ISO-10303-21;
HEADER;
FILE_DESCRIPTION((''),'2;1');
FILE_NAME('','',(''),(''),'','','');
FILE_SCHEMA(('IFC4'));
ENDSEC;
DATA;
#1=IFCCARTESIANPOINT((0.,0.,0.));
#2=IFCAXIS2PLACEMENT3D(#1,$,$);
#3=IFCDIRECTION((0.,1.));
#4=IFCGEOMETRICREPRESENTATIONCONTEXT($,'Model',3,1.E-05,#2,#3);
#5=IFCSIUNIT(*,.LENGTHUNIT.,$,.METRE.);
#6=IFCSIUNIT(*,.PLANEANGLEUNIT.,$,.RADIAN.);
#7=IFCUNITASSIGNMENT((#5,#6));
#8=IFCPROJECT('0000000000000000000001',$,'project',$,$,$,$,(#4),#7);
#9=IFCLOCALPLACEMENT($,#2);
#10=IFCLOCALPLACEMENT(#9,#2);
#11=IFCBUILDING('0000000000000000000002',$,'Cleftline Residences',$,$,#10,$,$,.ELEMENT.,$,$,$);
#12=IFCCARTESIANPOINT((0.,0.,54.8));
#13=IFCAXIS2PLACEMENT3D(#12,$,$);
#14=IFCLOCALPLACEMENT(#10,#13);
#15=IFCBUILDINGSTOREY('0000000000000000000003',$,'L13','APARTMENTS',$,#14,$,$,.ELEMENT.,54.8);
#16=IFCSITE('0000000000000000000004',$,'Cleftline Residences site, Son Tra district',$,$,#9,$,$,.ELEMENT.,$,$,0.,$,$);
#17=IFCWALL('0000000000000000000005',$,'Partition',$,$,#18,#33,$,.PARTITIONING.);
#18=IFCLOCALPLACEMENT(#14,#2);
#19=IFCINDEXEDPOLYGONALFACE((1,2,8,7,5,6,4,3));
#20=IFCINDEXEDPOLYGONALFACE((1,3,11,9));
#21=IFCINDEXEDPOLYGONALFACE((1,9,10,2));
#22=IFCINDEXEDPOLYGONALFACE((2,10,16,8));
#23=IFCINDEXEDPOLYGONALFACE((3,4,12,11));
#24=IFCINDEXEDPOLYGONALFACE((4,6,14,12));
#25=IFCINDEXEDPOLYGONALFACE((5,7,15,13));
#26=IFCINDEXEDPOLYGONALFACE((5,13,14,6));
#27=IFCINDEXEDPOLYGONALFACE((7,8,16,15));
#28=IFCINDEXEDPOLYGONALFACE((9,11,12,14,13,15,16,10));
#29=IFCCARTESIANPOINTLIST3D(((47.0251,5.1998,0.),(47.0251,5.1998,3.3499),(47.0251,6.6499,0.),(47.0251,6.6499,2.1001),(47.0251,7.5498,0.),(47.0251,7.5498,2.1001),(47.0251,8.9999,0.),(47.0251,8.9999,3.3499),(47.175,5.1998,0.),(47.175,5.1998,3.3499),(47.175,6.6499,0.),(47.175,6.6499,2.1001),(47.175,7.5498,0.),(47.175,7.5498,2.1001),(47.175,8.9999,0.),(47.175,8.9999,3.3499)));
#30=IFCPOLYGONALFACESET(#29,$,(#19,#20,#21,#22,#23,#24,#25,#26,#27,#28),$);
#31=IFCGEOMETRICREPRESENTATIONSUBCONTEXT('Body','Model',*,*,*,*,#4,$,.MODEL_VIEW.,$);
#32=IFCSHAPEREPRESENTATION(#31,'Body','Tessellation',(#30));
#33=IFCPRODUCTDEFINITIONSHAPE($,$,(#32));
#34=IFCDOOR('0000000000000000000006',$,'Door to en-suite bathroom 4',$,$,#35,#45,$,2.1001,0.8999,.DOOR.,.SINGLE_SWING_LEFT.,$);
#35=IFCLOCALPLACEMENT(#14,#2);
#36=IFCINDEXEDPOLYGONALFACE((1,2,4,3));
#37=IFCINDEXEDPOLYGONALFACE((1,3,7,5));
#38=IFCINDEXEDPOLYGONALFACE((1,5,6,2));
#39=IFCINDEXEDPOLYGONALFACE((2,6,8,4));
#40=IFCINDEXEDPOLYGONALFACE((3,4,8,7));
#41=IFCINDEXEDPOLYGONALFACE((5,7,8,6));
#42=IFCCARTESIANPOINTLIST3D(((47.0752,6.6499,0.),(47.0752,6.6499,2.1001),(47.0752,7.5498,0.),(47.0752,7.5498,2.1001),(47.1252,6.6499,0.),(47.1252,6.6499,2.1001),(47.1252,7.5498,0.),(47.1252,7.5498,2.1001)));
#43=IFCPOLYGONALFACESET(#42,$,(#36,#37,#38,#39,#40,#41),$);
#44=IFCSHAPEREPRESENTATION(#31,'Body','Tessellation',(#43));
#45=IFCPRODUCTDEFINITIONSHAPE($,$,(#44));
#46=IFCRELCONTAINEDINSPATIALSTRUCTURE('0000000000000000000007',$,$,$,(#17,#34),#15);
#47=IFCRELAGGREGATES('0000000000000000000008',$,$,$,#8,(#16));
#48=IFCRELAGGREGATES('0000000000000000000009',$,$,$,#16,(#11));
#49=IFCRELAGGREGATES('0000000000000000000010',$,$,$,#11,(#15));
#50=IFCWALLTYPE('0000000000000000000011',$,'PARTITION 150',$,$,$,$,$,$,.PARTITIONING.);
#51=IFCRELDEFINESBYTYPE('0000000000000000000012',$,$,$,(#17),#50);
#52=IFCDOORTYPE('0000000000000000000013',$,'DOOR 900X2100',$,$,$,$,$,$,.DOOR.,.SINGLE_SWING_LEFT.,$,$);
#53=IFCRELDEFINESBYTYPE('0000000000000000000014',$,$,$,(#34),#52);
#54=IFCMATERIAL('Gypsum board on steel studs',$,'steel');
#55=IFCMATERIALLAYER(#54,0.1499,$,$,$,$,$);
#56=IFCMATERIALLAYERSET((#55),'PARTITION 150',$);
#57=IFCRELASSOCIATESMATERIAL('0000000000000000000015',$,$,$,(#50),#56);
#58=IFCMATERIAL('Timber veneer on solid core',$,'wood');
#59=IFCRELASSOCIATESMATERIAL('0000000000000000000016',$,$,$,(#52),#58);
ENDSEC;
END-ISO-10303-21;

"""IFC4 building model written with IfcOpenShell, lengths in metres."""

from ifc_helpers import new_model, si_unit, direction, frame, frame_2d, origin, place, context, subcontext, project, spatial, rectangle, extrude, material, layer, layer_set, type_object, element, fill, save


model = new_model("IFC4")

# Units and contexts
model_context = context("Model", 3, precision=1e-05, world=origin(), true_north=direction((0.0, 1.0)))
body_context = subcontext(model_context, "Body", "Model", "MODEL_VIEW")
ifc_project = project(units=[si_unit("LENGTHUNIT", "METRE"), si_unit("PLANEANGLEUNIT", "RADIAN")], contexts=[model_context])

# Site, building, storey
site_placement = place(None, origin())
site = spatial("IfcSite", under=ifc_project, at=site_placement, Name="Cleftline Residences site, Son Tra district", CompositionType="ELEMENT", RefElevation=0.0)
building_placement = place(site_placement, origin())
building = spatial("IfcBuilding", under=site, at=building_placement, Name="Cleftline Residences", CompositionType="ELEMENT")
storey_placement = place(building_placement, frame((0.0, 0.0, 54.8)))
storey = spatial("IfcBuildingStorey", under=building, at=storey_placement, Name="L13", Description="APARTMENTS", CompositionType="ELEMENT", Elevation=54.8)

# Shared definitions
ifc_material_1 = material(Name="Gypsum board on steel studs", Category="steel")
ifc_layer_1 = layer(ifc_material_1, 0.1499)
ifc_layer_set_1 = layer_set([ifc_layer_1], Name="PARTITION 150")
wall_type = type_object("IfcWallType", Name="PARTITION 150", PredefinedType="PARTITIONING", material=ifc_layer_set_1)

# Shared definitions
ifc_material_2 = material(Name="Timber veneer on solid core", Category="wood")
door_type_1 = type_object("IfcDoorType", Name="DOOR 900X2100", OperationType="SINGLE_SWING_LEFT", PredefinedType="DOOR", material=ifc_material_2)

# Wall, opening, door
wall_1_placement = place(storey_placement, frame((47.1001, 5.2, 0.0), z_axis=(0.0, 0.0, 1.0), x_axis=(0.0, 1.0, 0.0)))
wall_1 = element("IfcWall", 1, at=wall_1_placement, inside=storey, type_object=wall_type, Name="Partition", PredefinedType="PARTITIONING", context=body_context, shape_type="SweptSolid", body=[
    extrude(rectangle(XDim=3.8, YDim=0.1499, at=frame_2d((1.8999, 0.0))), origin(), (0.0, 0.0, 1.0), 3.3499),
])
opening_1_placement = place(wall_1_placement, frame((1.45, 0.0, 0.0)))
opening_1 = element("IfcOpeningElement", 2, at=opening_1_placement, cuts=wall_1, PredefinedType="OPENING", context=body_context, shape_type="SweptSolid", body=[
    extrude(rectangle(XDim=0.8999, YDim=2.1001, at=frame_2d((0.45, 1.05))), frame((0.0, 0.085, 0.0), z_axis=(0.0, -1.0, 0.0), x_axis=(1.0, 0.0, 0.0)), (0.0, 0.0, 1.0), 0.1699),
])
door_1_placement = place(opening_1_placement, origin())
door_1 = element("IfcDoor", 3, at=door_1_placement, inside=storey, type_object=door_type_1, Name="Door to en-suite bathroom 4", OperationType="SINGLE_SWING_LEFT", OverallHeight=2.1001, OverallWidth=0.8999, PredefinedType="DOOR", context=body_context, shape_type="SweptSolid", body=[
    extrude(rectangle(XDim=0.8999, YDim=2.1001, at=frame_2d((0.45, 1.05))), frame((0.0, 0.0249, 0.0), z_axis=(0.0, -1.0, 0.0), x_axis=(1.0, 0.0, 0.0)), (0.0, 0.0, 1.0), 0.05),
])
fill(opening_1, door_1)

save(model, "model.ifc")
